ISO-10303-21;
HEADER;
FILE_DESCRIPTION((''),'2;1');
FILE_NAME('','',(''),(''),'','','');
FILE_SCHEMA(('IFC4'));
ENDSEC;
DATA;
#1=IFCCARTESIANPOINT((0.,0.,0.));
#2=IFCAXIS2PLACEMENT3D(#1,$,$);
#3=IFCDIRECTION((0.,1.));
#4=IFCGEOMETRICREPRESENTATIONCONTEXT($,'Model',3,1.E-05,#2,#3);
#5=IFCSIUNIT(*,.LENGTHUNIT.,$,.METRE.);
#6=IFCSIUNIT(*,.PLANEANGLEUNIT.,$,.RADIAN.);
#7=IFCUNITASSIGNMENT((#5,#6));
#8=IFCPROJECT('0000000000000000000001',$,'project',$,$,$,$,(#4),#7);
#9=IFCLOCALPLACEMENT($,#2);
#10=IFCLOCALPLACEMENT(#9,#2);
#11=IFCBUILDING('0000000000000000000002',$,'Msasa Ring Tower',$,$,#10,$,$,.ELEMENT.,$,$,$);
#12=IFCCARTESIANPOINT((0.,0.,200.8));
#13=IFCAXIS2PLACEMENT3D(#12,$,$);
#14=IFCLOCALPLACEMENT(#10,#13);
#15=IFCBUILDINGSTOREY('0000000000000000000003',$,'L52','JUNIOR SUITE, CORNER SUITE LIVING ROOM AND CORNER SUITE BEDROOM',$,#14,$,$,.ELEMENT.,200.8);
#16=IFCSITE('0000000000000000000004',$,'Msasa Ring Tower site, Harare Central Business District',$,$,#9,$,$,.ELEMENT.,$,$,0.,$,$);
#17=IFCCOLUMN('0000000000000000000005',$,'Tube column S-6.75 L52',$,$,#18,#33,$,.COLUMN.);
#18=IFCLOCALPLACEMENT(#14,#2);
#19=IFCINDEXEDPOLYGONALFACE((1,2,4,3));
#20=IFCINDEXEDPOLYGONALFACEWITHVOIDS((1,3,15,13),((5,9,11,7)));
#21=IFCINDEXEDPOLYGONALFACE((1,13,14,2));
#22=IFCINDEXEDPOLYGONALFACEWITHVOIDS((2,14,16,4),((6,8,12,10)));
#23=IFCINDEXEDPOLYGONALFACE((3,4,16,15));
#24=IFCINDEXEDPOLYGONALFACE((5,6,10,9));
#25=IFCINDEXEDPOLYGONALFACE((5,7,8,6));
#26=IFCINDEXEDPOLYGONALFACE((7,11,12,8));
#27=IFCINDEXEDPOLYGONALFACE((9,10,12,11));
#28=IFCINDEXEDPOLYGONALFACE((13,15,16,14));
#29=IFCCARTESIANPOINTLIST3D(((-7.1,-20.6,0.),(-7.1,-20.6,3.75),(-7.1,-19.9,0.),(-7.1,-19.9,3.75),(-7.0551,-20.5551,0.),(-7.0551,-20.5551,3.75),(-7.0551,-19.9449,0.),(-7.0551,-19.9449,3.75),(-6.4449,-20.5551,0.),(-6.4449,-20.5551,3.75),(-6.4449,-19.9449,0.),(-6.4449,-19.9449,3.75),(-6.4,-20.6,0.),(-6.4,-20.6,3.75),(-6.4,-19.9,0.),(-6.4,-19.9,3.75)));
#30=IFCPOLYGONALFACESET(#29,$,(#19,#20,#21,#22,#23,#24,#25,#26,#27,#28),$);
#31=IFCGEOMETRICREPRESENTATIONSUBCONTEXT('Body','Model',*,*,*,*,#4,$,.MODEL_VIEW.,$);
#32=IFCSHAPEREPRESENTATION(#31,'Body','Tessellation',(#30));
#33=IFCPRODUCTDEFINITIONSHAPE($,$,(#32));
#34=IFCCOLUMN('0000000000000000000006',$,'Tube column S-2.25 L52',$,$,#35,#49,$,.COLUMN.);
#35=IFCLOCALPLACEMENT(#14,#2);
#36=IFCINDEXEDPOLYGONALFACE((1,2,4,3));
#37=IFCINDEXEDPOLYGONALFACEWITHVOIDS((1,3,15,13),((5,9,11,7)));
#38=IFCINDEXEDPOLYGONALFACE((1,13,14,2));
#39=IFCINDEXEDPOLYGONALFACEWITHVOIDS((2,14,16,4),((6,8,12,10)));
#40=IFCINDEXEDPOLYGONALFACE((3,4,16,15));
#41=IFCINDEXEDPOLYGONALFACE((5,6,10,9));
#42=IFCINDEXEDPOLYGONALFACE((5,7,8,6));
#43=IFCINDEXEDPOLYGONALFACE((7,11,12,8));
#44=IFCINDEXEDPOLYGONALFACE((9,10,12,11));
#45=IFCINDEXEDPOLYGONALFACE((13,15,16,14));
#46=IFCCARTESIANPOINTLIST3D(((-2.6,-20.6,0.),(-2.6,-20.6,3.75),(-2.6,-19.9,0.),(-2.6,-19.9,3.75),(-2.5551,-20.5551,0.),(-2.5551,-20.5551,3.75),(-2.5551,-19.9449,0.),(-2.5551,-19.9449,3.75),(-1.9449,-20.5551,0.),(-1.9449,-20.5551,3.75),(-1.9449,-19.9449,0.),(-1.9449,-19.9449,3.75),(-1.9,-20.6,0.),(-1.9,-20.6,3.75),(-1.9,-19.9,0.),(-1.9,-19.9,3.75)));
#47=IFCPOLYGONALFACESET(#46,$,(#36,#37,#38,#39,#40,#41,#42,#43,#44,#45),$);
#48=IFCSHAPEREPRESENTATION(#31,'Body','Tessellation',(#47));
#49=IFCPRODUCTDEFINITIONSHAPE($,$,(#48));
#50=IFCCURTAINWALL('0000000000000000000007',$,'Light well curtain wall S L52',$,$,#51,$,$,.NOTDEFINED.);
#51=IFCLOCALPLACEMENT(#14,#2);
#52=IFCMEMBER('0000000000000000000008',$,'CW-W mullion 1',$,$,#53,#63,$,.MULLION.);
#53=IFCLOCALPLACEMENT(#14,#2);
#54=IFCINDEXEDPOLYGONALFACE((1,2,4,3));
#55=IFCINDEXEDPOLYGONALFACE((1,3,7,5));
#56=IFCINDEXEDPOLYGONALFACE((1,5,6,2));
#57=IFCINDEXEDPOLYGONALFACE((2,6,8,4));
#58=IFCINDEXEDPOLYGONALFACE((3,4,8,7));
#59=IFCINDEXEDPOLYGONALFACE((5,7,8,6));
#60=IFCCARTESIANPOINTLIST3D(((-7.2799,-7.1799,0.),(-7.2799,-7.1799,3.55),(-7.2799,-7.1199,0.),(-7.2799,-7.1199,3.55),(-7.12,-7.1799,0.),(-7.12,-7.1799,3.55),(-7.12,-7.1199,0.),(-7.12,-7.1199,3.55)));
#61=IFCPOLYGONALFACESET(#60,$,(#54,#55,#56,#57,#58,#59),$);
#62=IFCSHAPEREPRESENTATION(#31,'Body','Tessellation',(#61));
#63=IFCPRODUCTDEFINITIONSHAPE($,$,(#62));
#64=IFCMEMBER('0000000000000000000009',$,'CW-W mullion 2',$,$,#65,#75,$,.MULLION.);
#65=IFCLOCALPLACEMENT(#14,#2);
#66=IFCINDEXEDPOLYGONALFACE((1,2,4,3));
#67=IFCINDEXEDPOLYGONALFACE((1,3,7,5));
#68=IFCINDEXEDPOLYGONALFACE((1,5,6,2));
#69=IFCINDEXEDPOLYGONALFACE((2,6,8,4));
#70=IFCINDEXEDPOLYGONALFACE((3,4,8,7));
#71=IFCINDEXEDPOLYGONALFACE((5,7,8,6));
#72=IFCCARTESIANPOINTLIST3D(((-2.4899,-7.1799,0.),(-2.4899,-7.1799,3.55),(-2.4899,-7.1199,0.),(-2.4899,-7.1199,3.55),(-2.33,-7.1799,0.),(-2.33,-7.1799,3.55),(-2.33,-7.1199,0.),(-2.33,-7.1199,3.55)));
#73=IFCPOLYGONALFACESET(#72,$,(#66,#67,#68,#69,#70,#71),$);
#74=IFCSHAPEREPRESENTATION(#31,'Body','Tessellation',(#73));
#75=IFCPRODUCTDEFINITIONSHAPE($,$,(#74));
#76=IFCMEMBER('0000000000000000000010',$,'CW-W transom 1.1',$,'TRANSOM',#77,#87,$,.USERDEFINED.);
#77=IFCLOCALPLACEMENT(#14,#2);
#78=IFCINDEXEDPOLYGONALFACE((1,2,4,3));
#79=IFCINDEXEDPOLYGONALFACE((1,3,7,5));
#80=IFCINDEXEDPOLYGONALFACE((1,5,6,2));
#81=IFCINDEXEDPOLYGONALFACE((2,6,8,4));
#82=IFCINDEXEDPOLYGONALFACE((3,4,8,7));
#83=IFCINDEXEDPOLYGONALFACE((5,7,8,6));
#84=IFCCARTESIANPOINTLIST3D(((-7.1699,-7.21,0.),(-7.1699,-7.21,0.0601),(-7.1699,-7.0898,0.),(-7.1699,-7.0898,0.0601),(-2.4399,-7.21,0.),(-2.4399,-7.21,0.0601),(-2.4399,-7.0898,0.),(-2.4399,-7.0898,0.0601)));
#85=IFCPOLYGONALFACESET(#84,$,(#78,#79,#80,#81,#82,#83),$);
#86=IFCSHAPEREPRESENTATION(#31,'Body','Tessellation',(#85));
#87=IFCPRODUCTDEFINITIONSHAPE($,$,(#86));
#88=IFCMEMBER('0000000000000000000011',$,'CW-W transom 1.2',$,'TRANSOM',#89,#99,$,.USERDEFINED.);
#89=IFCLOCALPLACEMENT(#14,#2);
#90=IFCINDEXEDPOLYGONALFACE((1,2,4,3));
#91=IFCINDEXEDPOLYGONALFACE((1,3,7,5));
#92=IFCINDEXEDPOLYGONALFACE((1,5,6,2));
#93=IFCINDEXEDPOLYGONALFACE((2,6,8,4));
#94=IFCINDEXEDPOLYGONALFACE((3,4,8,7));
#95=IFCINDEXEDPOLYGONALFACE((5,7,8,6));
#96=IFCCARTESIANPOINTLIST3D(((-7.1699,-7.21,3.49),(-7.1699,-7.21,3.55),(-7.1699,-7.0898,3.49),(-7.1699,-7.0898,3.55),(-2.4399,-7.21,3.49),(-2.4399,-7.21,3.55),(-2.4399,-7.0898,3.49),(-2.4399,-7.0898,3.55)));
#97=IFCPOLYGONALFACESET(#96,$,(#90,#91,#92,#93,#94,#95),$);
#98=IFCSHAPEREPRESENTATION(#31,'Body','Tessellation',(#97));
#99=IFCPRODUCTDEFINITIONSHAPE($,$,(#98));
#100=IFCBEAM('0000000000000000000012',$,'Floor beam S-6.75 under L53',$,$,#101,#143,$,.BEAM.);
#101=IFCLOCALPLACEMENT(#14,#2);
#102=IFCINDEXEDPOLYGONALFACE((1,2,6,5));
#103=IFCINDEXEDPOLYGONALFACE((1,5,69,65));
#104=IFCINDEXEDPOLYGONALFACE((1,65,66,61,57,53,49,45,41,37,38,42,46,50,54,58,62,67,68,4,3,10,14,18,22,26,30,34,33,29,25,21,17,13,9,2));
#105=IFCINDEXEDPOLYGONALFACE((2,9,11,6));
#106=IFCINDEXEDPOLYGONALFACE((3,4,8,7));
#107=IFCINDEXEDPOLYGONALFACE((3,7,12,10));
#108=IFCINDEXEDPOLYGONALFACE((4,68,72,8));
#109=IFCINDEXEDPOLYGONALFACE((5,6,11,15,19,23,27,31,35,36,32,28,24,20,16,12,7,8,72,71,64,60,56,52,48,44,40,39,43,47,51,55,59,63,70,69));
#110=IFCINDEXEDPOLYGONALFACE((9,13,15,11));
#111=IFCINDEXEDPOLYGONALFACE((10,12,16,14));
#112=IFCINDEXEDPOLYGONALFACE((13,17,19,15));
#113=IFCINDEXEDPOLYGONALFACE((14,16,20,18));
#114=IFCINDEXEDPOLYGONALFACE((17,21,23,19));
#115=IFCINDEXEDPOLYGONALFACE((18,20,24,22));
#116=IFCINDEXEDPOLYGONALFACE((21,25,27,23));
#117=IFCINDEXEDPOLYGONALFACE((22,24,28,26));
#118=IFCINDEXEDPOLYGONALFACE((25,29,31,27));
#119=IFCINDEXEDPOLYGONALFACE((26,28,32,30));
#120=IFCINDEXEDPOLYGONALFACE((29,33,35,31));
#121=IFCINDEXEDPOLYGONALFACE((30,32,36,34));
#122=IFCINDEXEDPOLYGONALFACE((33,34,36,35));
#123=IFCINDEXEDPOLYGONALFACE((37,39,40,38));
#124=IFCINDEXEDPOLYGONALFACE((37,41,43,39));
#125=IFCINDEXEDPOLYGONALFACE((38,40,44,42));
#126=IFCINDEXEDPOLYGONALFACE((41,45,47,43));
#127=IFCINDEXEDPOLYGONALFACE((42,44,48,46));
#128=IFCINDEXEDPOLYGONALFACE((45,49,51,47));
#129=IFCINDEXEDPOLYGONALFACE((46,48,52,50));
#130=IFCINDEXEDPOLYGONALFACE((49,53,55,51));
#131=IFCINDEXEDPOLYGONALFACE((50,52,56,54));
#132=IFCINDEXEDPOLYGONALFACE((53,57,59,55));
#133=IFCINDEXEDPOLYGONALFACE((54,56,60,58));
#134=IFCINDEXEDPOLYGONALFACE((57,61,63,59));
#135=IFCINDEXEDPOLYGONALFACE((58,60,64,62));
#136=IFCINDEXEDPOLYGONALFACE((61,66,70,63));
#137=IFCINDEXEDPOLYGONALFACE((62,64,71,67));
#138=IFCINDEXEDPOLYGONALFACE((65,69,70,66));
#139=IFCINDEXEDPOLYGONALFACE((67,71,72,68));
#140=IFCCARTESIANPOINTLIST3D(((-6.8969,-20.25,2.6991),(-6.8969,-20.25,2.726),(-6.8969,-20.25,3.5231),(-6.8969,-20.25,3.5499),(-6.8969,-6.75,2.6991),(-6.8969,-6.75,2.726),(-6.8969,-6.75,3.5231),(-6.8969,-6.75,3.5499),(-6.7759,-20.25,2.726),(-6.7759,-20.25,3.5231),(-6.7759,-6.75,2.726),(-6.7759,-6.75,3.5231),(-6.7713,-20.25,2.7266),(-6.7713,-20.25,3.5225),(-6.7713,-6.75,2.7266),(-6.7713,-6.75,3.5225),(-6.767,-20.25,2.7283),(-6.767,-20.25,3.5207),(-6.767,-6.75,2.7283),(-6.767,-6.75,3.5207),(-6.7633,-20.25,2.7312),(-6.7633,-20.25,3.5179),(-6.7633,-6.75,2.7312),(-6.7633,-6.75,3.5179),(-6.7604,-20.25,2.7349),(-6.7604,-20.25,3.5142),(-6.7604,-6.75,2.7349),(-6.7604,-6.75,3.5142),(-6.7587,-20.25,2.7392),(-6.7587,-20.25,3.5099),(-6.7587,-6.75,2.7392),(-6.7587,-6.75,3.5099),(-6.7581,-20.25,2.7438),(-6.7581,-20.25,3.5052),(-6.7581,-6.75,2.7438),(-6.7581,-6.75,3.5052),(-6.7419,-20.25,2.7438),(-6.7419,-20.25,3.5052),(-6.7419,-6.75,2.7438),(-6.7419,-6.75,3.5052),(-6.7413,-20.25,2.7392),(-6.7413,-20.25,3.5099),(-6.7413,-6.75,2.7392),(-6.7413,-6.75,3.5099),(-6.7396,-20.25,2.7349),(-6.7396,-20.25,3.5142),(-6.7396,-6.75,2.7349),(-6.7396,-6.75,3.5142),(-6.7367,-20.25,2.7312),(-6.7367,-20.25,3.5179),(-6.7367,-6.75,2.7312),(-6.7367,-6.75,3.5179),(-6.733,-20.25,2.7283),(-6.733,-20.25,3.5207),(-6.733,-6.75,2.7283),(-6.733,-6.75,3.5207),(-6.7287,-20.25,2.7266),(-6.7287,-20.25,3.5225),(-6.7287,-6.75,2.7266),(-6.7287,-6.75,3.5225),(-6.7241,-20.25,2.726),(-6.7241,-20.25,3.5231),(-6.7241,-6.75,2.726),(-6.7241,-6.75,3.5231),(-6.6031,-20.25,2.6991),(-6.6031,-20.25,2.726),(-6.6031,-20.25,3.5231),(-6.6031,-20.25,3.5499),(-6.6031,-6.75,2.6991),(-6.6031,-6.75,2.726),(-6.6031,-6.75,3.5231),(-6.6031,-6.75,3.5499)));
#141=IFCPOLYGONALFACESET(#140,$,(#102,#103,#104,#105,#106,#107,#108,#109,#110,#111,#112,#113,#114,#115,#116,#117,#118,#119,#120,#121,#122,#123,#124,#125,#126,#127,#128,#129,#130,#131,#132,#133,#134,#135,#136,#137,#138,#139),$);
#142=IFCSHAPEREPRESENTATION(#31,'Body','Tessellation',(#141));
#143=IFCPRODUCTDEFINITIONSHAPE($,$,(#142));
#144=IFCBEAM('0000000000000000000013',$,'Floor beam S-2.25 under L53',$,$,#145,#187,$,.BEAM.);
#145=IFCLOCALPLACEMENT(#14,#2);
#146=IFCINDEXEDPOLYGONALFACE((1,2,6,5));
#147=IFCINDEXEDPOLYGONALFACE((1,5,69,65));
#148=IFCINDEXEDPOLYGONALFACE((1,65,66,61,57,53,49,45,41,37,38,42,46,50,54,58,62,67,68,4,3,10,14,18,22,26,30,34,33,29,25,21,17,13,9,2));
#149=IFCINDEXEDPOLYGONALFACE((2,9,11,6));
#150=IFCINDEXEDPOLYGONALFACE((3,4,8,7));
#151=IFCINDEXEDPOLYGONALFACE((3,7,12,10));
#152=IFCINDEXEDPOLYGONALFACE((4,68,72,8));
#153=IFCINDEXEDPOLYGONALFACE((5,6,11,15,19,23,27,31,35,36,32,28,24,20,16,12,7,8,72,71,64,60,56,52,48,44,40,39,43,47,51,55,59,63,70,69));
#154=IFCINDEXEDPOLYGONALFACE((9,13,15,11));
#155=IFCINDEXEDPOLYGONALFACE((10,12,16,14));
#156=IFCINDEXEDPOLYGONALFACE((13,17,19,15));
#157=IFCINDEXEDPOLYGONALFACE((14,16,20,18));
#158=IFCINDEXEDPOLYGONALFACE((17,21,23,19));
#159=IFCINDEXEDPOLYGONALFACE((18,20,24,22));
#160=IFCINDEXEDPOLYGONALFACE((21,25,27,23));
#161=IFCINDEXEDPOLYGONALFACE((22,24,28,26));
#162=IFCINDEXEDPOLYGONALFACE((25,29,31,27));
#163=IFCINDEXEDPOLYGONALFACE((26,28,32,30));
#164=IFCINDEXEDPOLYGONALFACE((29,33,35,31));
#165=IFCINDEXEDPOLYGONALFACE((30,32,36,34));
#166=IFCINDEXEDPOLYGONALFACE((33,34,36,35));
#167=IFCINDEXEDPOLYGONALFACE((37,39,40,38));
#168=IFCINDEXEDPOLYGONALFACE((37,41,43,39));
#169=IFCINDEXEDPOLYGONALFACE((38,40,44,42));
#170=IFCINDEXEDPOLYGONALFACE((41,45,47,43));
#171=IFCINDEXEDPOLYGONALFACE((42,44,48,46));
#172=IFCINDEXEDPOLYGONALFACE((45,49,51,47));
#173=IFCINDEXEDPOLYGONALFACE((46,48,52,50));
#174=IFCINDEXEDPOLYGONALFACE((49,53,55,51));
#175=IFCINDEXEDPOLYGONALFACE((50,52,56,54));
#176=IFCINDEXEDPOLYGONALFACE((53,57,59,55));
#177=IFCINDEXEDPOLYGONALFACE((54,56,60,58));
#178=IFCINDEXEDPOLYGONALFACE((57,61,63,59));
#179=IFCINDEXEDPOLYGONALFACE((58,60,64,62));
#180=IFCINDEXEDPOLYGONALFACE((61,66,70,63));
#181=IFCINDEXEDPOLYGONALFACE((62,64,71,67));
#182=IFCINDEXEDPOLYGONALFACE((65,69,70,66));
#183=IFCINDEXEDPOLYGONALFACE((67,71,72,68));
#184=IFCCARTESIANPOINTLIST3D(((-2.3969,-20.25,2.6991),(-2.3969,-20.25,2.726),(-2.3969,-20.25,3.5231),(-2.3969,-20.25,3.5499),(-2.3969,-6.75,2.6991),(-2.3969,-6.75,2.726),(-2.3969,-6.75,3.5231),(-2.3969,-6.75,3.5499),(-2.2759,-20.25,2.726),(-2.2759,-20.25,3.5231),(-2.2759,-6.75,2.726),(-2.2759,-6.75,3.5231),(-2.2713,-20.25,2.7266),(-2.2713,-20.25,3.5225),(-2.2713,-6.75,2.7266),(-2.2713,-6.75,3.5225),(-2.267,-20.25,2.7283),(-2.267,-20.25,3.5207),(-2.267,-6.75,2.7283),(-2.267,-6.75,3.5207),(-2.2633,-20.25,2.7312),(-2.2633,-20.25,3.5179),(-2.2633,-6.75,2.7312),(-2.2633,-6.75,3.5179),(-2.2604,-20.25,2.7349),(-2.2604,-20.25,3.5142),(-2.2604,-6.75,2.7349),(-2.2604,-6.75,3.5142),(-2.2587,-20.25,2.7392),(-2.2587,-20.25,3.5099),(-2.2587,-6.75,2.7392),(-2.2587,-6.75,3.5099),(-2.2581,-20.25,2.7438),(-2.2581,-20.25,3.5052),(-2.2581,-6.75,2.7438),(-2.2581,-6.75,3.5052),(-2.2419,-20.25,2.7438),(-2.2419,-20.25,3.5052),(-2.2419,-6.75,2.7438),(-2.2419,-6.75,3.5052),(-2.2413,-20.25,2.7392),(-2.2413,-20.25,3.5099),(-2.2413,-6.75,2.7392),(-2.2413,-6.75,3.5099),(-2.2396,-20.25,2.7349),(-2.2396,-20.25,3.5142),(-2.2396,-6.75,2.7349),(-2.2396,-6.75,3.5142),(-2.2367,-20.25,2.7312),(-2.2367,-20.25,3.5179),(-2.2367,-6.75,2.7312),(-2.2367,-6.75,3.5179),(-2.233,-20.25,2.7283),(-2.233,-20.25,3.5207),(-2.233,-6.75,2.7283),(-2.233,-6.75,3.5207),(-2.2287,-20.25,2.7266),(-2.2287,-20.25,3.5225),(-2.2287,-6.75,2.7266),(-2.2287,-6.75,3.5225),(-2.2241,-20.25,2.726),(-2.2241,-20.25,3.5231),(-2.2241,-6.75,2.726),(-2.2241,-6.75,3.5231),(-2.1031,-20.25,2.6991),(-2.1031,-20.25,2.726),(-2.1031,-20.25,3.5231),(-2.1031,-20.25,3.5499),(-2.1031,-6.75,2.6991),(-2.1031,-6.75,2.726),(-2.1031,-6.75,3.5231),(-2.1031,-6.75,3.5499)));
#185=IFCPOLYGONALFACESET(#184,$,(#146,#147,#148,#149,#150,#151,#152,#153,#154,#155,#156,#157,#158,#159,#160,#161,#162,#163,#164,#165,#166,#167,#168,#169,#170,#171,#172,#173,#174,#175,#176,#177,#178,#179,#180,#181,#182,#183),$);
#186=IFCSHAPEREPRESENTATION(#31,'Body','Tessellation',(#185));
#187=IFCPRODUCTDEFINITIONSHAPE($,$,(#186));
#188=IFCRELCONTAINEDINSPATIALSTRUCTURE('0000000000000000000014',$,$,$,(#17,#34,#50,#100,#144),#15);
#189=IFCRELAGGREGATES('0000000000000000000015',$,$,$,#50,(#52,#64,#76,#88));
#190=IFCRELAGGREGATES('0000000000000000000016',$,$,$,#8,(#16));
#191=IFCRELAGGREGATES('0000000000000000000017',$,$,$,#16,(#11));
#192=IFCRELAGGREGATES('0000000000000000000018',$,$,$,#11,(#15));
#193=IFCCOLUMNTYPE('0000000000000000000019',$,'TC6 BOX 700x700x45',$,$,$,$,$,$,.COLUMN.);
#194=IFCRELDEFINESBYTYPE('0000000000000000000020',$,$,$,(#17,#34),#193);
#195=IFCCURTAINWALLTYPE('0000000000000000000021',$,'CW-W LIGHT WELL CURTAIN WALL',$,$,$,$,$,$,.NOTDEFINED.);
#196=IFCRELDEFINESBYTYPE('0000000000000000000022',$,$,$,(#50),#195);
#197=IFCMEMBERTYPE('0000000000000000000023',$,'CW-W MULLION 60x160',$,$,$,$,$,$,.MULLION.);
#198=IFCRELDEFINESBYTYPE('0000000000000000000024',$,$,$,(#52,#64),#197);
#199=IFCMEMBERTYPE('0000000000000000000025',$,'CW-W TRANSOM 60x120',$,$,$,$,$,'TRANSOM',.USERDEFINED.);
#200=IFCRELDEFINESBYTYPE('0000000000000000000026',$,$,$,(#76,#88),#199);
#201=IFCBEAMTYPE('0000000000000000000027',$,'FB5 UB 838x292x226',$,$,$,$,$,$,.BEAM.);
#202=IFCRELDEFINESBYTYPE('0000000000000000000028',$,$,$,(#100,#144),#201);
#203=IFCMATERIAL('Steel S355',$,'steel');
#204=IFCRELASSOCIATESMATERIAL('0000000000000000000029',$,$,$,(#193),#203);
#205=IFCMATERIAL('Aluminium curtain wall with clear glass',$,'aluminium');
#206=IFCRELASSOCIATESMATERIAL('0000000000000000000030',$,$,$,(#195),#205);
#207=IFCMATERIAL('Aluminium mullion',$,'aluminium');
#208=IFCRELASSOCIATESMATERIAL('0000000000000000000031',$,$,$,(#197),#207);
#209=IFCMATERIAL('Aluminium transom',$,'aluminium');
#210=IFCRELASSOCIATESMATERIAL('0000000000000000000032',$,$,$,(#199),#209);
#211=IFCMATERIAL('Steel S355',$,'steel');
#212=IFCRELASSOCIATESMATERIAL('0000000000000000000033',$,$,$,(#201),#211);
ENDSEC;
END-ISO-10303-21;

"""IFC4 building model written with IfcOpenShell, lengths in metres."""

from ifc_helpers import new_model, si_unit, direction, frame, origin, origin_2d, place, context, subcontext, project, spatial, rectangle, hollow_rectangle, i_section, extrude, material, material_profile, profile_set, type_object, element, aggregate, save


model = new_model("IFC4")

# Units and contexts
model_context = context("Model", 3, precision=1e-05, world=origin(), true_north=direction((0.0, 1.0)))
body_context = subcontext(model_context, "Body", "Model", "MODEL_VIEW")
ifc_project = project(units=[si_unit("LENGTHUNIT", "METRE"), si_unit("PLANEANGLEUNIT", "RADIAN")], contexts=[model_context])

# Site, building, storey
site_placement = place(None, origin())
site = spatial("IfcSite", under=ifc_project, at=site_placement, Name="Msasa Ring Tower site, Harare Central Business District", CompositionType="ELEMENT", RefElevation=0.0)
building_placement = place(site_placement, origin())
building = spatial("IfcBuilding", under=site, at=building_placement, Name="Msasa Ring Tower", CompositionType="ELEMENT")
storey_placement = place(building_placement, frame((0.0, 0.0, 200.8)))
storey = spatial("IfcBuildingStorey", under=building, at=storey_placement, Name="L52", Description="JUNIOR SUITE, CORNER SUITE LIVING ROOM AND CORNER SUITE BEDROOM", CompositionType="ELEMENT", Elevation=200.8)

# Columns
ifc_material_1 = material(Name="Steel S355", Category="steel")
ifc_material_profile_1 = material_profile(ifc_material_1, hollow_rectangle(XDim=0.7, YDim=0.7, WallThickness=0.0449, at=origin_2d()), Name="BOX 700x700x45")
ifc_profile_set_1 = profile_set([ifc_material_profile_1], Name="Steel S355")
column_type = type_object("IfcColumnType", Name="TC6 BOX 700x700x45", PredefinedType="COLUMN", material=ifc_profile_set_1)
for number, where, z_axis, x_axis, name in (
    (1, (-6.75, -20.25, 0.0), (0.0, 0.0, 1.0), (0.0, 1.0, 0.0), "Tube column S-6.75 L52"),
    (2, (-2.25, -20.25, 0.0), (0.0, 0.0, 1.0), (0.0, 1.0, 0.0), "Tube column S-2.25 L52"),
):
    element("IfcColumn", number, at=place(storey_placement, frame(where, z_axis=z_axis, x_axis=x_axis)), inside=storey, type_object=column_type, Name=name, PredefinedType="COLUMN", context=body_context, shape_type="SweptSolid", body=[
        extrude(hollow_rectangle(XDim=0.7, YDim=0.7, WallThickness=0.0449, at=origin_2d()), origin(), (0.0, 0.0, 1.0), 3.75),
    ])

# Curtain wall, members
ifc_material_2 = material(Name="Aluminium curtain wall with clear glass", Category="aluminium")
curtain_wall_type = type_object("IfcCurtainWallType", Name="CW-W LIGHT WELL CURTAIN WALL", PredefinedType="NOTDEFINED", material=ifc_material_2)
curtain_wall_placement = place(storey_placement, origin())
curtain_wall = element("IfcCurtainWall", 3, at=curtain_wall_placement, inside=storey, type_object=curtain_wall_type, Name="Light well curtain wall S L52", PredefinedType="NOTDEFINED")
ifc_material_3 = material(Name="Aluminium mullion", Category="aluminium")
ifc_material_profile_2 = material_profile(ifc_material_3, rectangle(XDim=0.0601, YDim=0.1599, at=origin_2d()), Name="AL 60x160")
ifc_profile_set_2 = profile_set([ifc_material_profile_2], Name="Aluminium mullion")
member_type_1 = type_object("IfcMemberType", Name="CW-W MULLION 60x160", PredefinedType="MULLION", material=ifc_profile_set_2)
member_1_placement = place(storey_placement, frame((-7.2, -7.1499, 0.0), z_axis=(0.0, 0.0, 1.0), x_axis=(0.0, 1.0, 0.0)))
member_1 = element("IfcMember", 4, at=member_1_placement, type_object=member_type_1, Name="CW-W mullion 1", PredefinedType="MULLION", context=body_context, shape_type="SweptSolid", body=[
    extrude(rectangle(XDim=0.0601, YDim=0.1599, at=origin_2d()), origin(), (0.0, 0.0, 1.0), 3.55),
])
member_2_placement = place(storey_placement, frame((-2.4099, -7.1499, 0.0), z_axis=(0.0, 0.0, 1.0), x_axis=(0.0, 1.0, 0.0)))
member_2 = element("IfcMember", 5, at=member_2_placement, type_object=member_type_1, Name="CW-W mullion 2", PredefinedType="MULLION", context=body_context, shape_type="SweptSolid", body=[
    extrude(rectangle(XDim=0.0601, YDim=0.1599, at=origin_2d()), origin(), (0.0, 0.0, 1.0), 3.55),
])
ifc_material_4 = material(Name="Aluminium transom", Category="aluminium")
ifc_material_profile_3 = material_profile(ifc_material_4, rectangle(XDim=0.1201, YDim=0.0601, at=origin_2d()), Name="AL 60x120")
ifc_profile_set_3 = profile_set([ifc_material_profile_3], Name="Aluminium transom")
member_type_2 = type_object("IfcMemberType", Name="CW-W TRANSOM 60x120", ElementType="TRANSOM", PredefinedType="USERDEFINED", material=ifc_profile_set_3)
member_3_placement = place(storey_placement, frame((-7.1699, -7.1499, 0.03), z_axis=(1.0, 0.0, 0.0), x_axis=(0.0, 1.0, 0.0)))
member_3 = element("IfcMember", 6, at=member_3_placement, type_object=member_type_2, Name="CW-W transom 1.1", ObjectType="TRANSOM", PredefinedType="USERDEFINED", context=body_context, shape_type="SweptSolid", body=[
    extrude(rectangle(XDim=0.1201, YDim=0.0601, at=origin_2d()), origin(), (0.0, 0.0, 1.0), 4.73),
])
member_4_placement = place(storey_placement, frame((-7.1699, -7.1499, 3.52), z_axis=(1.0, 0.0, 0.0), x_axis=(0.0, 1.0, 0.0)))
member_4 = element("IfcMember", 7, at=member_4_placement, type_object=member_type_2, Name="CW-W transom 1.2", ObjectType="TRANSOM", PredefinedType="USERDEFINED", context=body_context, shape_type="SweptSolid", body=[
    extrude(rectangle(XDim=0.1201, YDim=0.0601, at=origin_2d()), origin(), (0.0, 0.0, 1.0), 4.73),
])

# Beams
ifc_material_5 = material(Name="Steel S355", Category="steel")
ifc_material_profile_4 = material_profile(ifc_material_5, i_section(OverallWidth=0.2937, OverallDepth=0.8508, WebThickness=0.0161, FlangeThickness=0.0269, FilletRadius=0.0178, at=origin_2d()), Name="UB 838x292x226")
ifc_profile_set_4 = profile_set([ifc_material_profile_4], Name="Steel S355")
beam_type_1 = type_object("IfcBeamType", Name="FB5 UB 838x292x226", PredefinedType="BEAM", material=ifc_profile_set_4)
for number, where, z_axis, x_axis, name in (
    (8, (-6.75, -20.25, 3.1245), (0.0, 1.0, 0.0), (-1.0, 0.0, 0.0), "Floor beam S-6.75 under L53"),
    (9, (-2.25, -20.25, 3.1245), (0.0, 1.0, 0.0), (-1.0, 0.0, 0.0), "Floor beam S-2.25 under L53"),
):
    element("IfcBeam", number, at=place(storey_placement, frame(where, z_axis=z_axis, x_axis=x_axis)), inside=storey, type_object=beam_type_1, Name=name, PredefinedType="BEAM", context=body_context, shape_type="SweptSolid", body=[
        extrude(i_section(OverallWidth=0.2937, OverallDepth=0.8508, WebThickness=0.0161, FlangeThickness=0.0269, FilletRadius=0.0178, at=origin_2d()), origin(), (0.0, 0.0, 1.0), 13.5),
    ])

aggregate(curtain_wall, [member_1, member_2, member_3, member_4])

save(model, "model.ifc")
